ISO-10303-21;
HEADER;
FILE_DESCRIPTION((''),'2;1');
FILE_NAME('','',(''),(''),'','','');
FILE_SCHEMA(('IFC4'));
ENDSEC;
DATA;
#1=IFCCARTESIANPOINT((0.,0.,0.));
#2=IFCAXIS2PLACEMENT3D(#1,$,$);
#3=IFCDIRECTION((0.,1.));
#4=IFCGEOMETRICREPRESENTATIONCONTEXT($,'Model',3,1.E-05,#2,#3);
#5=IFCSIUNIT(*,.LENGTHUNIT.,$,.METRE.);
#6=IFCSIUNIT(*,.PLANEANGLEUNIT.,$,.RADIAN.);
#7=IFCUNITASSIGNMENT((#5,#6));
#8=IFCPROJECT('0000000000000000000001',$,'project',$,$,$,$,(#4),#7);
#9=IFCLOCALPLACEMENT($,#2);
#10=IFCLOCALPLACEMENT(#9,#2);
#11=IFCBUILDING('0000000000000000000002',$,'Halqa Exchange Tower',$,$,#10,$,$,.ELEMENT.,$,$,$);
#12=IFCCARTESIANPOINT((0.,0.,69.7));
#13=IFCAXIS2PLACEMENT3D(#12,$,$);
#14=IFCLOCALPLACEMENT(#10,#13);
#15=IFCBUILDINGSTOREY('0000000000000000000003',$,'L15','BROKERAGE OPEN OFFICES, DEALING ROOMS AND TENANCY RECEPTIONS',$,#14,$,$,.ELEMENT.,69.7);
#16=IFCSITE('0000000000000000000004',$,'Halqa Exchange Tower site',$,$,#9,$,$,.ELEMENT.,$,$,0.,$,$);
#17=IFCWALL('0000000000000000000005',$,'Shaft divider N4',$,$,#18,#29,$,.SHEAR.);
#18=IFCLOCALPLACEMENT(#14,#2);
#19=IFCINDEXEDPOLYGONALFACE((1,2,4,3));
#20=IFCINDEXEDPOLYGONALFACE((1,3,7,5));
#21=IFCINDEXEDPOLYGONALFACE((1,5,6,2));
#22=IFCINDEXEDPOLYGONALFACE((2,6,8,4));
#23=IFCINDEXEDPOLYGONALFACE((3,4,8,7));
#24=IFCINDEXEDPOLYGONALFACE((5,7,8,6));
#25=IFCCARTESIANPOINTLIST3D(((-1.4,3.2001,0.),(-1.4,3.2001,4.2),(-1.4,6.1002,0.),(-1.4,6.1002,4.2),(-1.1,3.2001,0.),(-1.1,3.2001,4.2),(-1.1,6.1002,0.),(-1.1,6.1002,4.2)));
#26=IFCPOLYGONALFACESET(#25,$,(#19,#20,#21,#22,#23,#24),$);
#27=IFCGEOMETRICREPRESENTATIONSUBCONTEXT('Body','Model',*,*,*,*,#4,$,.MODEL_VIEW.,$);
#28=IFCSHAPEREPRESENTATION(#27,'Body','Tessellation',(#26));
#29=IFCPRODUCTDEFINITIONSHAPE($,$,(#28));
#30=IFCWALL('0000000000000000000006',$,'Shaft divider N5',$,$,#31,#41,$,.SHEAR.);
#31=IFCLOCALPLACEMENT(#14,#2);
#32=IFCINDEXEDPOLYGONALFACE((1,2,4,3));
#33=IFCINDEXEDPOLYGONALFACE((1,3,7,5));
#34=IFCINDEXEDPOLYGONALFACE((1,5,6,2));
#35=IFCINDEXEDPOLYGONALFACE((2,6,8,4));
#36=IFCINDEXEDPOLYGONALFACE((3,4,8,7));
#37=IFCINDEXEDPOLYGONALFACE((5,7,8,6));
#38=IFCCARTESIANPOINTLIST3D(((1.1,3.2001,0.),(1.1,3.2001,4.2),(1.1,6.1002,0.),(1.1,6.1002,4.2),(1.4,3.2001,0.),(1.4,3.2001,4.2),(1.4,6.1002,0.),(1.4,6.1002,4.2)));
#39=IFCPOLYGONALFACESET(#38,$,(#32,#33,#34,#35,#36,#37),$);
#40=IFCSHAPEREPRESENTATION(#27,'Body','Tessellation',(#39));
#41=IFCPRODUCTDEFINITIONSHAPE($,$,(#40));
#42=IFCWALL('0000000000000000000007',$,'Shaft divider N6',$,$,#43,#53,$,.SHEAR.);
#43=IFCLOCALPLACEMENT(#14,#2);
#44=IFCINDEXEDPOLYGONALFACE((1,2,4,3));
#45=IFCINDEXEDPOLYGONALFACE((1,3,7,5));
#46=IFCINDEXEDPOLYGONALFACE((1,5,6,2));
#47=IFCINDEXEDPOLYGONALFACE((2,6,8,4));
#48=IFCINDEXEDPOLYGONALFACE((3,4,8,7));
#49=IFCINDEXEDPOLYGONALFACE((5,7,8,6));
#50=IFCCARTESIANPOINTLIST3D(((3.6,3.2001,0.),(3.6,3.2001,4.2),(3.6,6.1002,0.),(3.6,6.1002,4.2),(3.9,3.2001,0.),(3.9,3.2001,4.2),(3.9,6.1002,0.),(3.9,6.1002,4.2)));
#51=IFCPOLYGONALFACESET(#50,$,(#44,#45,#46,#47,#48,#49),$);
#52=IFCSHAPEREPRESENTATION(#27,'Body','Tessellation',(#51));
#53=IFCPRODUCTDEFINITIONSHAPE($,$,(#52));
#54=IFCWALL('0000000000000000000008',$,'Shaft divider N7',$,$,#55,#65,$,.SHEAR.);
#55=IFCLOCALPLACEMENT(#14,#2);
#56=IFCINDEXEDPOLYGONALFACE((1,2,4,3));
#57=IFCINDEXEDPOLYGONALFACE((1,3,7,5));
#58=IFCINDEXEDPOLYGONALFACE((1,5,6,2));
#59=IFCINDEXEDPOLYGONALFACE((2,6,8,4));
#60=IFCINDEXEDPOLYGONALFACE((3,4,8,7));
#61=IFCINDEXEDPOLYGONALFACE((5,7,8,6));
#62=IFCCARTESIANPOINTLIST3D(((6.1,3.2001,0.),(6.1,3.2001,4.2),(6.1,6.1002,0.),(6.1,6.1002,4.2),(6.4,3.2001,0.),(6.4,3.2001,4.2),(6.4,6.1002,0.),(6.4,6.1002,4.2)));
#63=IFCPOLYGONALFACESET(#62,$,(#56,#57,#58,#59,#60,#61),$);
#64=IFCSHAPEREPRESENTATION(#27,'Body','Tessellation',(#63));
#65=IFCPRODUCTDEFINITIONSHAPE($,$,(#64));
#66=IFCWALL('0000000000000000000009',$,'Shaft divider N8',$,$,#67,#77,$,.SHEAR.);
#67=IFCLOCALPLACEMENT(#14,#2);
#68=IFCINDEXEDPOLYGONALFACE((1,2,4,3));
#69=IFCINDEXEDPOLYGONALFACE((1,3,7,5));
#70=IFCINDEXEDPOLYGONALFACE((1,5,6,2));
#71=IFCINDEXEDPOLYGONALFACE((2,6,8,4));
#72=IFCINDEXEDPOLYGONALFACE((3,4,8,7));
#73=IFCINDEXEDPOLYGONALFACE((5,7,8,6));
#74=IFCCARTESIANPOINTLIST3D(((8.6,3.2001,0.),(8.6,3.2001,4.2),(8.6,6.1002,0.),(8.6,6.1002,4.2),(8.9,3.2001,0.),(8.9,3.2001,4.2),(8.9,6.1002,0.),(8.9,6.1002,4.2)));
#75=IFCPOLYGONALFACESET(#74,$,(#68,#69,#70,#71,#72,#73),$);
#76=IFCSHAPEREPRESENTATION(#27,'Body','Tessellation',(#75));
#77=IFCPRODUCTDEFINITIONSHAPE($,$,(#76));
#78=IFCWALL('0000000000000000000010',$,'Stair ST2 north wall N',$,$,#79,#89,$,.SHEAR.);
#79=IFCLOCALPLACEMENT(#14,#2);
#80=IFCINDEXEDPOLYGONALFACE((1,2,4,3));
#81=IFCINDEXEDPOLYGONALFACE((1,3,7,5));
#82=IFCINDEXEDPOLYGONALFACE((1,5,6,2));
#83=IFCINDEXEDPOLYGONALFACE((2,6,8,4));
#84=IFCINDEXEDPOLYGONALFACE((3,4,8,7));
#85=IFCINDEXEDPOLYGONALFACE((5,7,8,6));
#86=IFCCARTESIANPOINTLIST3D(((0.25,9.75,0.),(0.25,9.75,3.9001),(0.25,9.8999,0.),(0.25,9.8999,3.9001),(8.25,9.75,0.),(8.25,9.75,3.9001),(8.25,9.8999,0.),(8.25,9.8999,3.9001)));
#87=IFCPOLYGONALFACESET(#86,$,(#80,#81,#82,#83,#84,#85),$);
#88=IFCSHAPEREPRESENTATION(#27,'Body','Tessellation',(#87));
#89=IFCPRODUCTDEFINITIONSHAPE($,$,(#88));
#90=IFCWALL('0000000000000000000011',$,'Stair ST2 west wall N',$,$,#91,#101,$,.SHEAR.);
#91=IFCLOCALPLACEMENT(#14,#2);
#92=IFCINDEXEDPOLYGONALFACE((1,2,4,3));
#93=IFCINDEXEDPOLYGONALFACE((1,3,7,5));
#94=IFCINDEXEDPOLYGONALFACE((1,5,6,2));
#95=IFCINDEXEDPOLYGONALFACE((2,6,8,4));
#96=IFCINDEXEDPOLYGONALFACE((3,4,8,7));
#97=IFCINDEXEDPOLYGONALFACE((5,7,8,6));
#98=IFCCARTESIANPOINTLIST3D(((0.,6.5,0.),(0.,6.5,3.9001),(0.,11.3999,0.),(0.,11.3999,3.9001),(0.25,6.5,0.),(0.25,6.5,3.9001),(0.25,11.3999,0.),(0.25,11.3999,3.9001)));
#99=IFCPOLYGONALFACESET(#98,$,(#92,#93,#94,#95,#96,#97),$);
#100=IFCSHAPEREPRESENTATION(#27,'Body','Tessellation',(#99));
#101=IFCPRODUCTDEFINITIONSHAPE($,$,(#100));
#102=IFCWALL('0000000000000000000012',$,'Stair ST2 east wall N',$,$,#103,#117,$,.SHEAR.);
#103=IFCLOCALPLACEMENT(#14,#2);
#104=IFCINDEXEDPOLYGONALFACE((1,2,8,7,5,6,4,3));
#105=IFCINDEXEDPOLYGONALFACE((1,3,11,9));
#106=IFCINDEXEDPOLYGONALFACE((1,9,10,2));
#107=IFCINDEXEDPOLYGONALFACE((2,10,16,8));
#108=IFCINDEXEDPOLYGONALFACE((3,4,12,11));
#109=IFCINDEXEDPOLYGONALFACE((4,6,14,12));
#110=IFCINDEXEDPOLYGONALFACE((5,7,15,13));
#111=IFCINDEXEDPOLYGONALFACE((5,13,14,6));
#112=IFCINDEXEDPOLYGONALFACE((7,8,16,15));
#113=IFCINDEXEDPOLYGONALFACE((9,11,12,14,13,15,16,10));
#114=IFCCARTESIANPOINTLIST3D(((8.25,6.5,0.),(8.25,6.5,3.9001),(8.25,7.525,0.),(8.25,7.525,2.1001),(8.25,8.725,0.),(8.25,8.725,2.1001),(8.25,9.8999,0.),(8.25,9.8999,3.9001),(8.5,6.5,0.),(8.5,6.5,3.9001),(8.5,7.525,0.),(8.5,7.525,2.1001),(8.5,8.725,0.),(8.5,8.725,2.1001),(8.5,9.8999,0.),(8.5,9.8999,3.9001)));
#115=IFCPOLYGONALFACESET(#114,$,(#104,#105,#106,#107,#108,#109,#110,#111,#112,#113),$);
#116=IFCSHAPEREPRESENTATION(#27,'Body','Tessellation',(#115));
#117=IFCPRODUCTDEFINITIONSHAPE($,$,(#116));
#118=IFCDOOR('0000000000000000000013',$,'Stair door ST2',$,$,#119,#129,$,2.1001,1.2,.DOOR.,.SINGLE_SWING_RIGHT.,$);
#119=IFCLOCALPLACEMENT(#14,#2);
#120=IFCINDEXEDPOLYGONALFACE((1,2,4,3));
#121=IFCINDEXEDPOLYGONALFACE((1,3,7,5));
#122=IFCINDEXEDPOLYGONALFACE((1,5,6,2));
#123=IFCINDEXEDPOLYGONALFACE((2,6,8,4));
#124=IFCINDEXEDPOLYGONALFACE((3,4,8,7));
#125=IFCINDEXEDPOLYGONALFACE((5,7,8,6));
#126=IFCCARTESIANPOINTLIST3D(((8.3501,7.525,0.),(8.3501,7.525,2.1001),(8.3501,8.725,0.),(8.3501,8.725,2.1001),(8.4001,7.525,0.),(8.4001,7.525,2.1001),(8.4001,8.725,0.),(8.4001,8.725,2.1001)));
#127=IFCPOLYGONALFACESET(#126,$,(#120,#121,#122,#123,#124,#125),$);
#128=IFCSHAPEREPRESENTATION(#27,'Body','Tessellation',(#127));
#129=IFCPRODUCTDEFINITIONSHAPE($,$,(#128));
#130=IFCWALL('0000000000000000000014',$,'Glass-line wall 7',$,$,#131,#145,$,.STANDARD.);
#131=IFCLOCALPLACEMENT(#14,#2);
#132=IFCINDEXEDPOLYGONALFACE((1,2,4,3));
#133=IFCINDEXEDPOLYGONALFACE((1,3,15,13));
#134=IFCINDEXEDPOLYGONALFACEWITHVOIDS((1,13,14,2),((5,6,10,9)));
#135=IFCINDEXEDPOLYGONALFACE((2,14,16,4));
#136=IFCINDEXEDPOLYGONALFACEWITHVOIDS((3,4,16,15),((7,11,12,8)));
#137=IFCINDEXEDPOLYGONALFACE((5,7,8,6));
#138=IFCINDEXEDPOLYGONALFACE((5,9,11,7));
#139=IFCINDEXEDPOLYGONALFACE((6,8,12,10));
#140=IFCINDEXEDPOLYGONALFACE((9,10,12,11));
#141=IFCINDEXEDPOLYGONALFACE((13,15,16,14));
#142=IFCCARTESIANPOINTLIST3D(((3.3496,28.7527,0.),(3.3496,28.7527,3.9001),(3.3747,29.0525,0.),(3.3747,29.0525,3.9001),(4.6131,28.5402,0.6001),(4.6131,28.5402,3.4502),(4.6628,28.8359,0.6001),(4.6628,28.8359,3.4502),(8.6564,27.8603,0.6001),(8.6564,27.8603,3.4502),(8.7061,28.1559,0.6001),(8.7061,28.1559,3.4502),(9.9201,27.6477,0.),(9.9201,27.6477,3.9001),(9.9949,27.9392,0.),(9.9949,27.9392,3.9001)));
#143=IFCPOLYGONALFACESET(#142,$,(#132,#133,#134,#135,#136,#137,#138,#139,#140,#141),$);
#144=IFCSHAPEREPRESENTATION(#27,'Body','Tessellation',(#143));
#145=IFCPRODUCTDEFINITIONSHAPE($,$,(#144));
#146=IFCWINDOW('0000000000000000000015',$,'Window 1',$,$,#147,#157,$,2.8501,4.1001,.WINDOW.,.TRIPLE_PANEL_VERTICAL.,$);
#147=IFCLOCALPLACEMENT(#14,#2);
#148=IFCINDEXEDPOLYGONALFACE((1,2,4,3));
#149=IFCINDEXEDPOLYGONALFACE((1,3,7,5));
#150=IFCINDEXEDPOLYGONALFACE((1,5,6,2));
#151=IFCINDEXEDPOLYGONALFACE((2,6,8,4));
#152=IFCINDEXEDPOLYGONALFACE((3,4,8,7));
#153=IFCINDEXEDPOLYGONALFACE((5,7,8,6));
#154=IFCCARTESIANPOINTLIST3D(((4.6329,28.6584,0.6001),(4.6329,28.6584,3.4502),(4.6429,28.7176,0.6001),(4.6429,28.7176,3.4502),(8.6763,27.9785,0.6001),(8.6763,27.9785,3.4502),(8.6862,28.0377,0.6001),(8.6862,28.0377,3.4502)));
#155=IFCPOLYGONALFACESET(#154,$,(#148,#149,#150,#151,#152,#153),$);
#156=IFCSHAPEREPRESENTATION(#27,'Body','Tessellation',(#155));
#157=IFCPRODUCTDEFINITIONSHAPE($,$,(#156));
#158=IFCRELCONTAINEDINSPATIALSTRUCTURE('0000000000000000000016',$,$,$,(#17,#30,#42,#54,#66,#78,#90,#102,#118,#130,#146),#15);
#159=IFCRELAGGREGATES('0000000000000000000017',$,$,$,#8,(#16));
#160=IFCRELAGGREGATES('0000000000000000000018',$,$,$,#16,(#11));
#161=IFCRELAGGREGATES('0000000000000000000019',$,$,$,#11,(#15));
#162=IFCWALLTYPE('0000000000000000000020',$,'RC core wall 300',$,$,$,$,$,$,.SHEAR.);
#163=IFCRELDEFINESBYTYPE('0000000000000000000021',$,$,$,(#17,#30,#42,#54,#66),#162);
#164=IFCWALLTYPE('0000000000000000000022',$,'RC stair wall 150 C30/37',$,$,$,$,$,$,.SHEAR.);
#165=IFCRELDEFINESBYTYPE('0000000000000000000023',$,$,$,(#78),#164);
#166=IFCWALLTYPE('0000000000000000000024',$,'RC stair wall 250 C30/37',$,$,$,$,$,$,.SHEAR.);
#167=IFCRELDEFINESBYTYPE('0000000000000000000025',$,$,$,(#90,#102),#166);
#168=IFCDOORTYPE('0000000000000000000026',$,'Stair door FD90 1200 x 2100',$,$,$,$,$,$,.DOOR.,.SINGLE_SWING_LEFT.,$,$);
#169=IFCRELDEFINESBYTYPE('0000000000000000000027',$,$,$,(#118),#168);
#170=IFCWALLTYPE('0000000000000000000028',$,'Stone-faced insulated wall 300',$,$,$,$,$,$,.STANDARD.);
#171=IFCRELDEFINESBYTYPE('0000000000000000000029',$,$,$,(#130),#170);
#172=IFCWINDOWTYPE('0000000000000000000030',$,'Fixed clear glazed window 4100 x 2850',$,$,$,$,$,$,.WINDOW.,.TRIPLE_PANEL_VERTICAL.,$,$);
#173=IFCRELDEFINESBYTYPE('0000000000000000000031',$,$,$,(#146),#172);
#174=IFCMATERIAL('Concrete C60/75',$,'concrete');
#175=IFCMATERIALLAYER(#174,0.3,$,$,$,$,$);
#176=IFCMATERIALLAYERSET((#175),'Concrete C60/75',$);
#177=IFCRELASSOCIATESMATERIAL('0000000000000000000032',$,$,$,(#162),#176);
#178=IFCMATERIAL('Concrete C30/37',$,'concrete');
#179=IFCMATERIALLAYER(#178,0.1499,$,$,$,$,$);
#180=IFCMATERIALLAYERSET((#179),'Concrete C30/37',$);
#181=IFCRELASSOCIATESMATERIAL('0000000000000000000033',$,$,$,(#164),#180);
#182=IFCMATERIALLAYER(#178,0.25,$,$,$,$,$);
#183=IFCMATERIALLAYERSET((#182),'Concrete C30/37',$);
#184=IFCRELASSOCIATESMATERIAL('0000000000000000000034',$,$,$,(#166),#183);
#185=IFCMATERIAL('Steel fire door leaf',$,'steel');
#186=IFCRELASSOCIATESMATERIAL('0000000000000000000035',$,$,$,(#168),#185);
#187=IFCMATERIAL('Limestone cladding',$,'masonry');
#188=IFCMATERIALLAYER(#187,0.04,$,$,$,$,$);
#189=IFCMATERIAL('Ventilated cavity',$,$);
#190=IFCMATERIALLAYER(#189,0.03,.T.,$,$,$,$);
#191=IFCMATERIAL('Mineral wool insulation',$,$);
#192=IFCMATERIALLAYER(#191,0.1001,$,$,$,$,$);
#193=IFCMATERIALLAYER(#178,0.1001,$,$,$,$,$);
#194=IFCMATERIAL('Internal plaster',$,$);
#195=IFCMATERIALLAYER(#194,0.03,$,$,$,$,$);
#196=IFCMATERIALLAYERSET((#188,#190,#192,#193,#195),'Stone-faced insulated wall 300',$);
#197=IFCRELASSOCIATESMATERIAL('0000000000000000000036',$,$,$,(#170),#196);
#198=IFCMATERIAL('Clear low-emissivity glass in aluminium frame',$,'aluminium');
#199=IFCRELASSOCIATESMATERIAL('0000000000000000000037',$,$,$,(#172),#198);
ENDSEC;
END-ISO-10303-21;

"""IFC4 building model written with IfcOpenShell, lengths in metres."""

from ifc_helpers import new_model, si_unit, direction, frame, frame_2d, origin, place, context, subcontext, project, spatial, polyline, rectangle, outline, extrude, material, layer, layer_set, type_object, element, fill, save


model = new_model("IFC4")

# Units and contexts
model_context = context("Model", 3, precision=1e-05, world=origin(), true_north=direction((0.0, 1.0)))
body_context = subcontext(model_context, "Body", "Model", "MODEL_VIEW")
ifc_project = project(units=[si_unit("LENGTHUNIT", "METRE"), si_unit("PLANEANGLEUNIT", "RADIAN")], contexts=[model_context])

# Site, building, storey
site_placement = place(None, origin())
site = spatial("IfcSite", under=ifc_project, at=site_placement, Name="Halqa Exchange Tower site", CompositionType="ELEMENT", RefElevation=0.0)
building_placement = place(site_placement, origin())
building = spatial("IfcBuilding", under=site, at=building_placement, Name="Halqa Exchange Tower", CompositionType="ELEMENT")
storey_placement = place(building_placement, frame((0.0, 0.0, 69.7)))
storey = spatial("IfcBuildingStorey", under=building, at=storey_placement, Name="L15", Description="BROKERAGE OPEN OFFICES, DEALING ROOMS AND TENANCY RECEPTIONS", CompositionType="ELEMENT", Elevation=69.7)

# Shared definitions
ifc_material_1 = material(Name="Concrete C60/75", Category="concrete")

# Shared definitions
ifc_material_2 = material(Name="Concrete C30/37", Category="concrete")

# Walls
ifc_layer_1 = layer(ifc_material_1, 0.3)
ifc_layer_set_1 = layer_set([ifc_layer_1], Name="Concrete C60/75")
wall_type_1 = type_object("IfcWallType", Name="RC core wall 300", PredefinedType="SHEAR", material=ifc_layer_set_1)
for number, where, z_axis, x_axis, name in (
    (1, (-1.25, 3.2, 0.0), (0.0, 0.0, 1.0), (0.0, 1.0, 0.0), "Shaft divider N4"),
    (2, (1.25, 3.2, 0.0), (0.0, 0.0, 1.0), (0.0, 1.0, 0.0), "Shaft divider N5"),
    (3, (3.75, 3.2, 0.0), (0.0, 0.0, 1.0), (0.0, 1.0, 0.0), "Shaft divider N6"),
    (4, (6.25, 3.2, 0.0), (0.0, 0.0, 1.0), (0.0, 1.0, 0.0), "Shaft divider N7"),
    (5, (8.75, 3.2, 0.0), (0.0, 0.0, 1.0), (0.0, 1.0, 0.0), "Shaft divider N8"),
):
    element("IfcWall", number, at=place(storey_placement, frame(where, z_axis=z_axis, x_axis=x_axis)), inside=storey, type_object=wall_type_1, Name=name, PredefinedType="SHEAR", context=body_context, shape_type="SweptSolid", body=[
        extrude(rectangle(XDim=2.9001, YDim=0.3, at=frame_2d((1.4502, 0.0))), origin(), (0.0, 0.0, 1.0), 4.2),
    ])
ifc_layer_2 = layer(ifc_material_2, 0.1499)
ifc_layer_set_2 = layer_set([ifc_layer_2], Name="Concrete C30/37")
wall_type_2 = type_object("IfcWallType", Name="RC stair wall 150 C30/37", PredefinedType="SHEAR", material=ifc_layer_set_2)
wall_1_placement = place(storey_placement, frame((0.25, 9.825, 0.0), z_axis=(0.0, 0.0, 1.0), x_axis=(1.0, 0.0, 0.0)))
element("IfcWall", 6, at=wall_1_placement, inside=storey, type_object=wall_type_2, Name="Stair ST2 north wall N", PredefinedType="SHEAR", context=body_context, shape_type="SweptSolid", body=[
    extrude(rectangle(XDim=8.0, YDim=0.1499, at=frame_2d((4.0, 0.0))), origin(), (0.0, 0.0, 1.0), 3.9001),
])
ifc_layer_3 = layer(ifc_material_2, 0.25)
ifc_layer_set_3 = layer_set([ifc_layer_3], Name="Concrete C30/37")
wall_type_3 = type_object("IfcWallType", Name="RC stair wall 250 C30/37", PredefinedType="SHEAR", material=ifc_layer_set_3)
wall_2_placement = place(storey_placement, frame((0.125, 6.5, 0.0), z_axis=(0.0, 0.0, 1.0), x_axis=(0.0, 1.0, 0.0)))
element("IfcWall", 7, at=wall_2_placement, inside=storey, type_object=wall_type_3, Name="Stair ST2 west wall N", PredefinedType="SHEAR", context=body_context, shape_type="SweptSolid", body=[
    extrude(rectangle(XDim=4.8999, YDim=0.25, at=frame_2d((2.45, 0.0))), origin(), (0.0, 0.0, 1.0), 3.9001),
])

# Wall, opening, door
wall_3_placement = place(storey_placement, frame((8.375, 6.5, 0.0), z_axis=(0.0, 0.0, 1.0), x_axis=(0.0, 1.0, 0.0)))
wall_3 = element("IfcWall", 8, at=wall_3_placement, inside=storey, type_object=wall_type_3, Name="Stair ST2 east wall N", PredefinedType="SHEAR", context=body_context, shape_type="SweptSolid", body=[
    extrude(rectangle(XDim=3.3999, YDim=0.25, at=frame_2d((1.7, 0.0))), origin(), (0.0, 0.0, 1.0), 3.9001),
])
opening_1_placement = place(wall_3_placement, frame((1.0249, 0.0, 0.0)))
opening_1 = element("IfcOpeningElement", 9, at=opening_1_placement, cuts=wall_3, PredefinedType="OPENING", context=body_context, shape_type="SweptSolid", body=[
    extrude(rectangle(XDim=1.2, YDim=2.1001, at=frame_2d((0.6001, 1.05))), frame((0.0, 0.137, 0.0), z_axis=(0.0, -1.0, 0.0), x_axis=(1.0, 0.0, 0.0)), (0.0, 0.0, 1.0), 0.2739),
])
ifc_material_3 = material(Name="Steel fire door leaf", Category="steel")
door_type_1 = type_object("IfcDoorType", Name="Stair door FD90 1200 x 2100", OperationType="SINGLE_SWING_LEFT", PredefinedType="DOOR", material=ifc_material_3)
door_1_placement = place(opening_1_placement, origin())
door_1 = element("IfcDoor", 10, at=door_1_placement, inside=storey, type_object=door_type_1, Name="Stair door ST2", OperationType="SINGLE_SWING_RIGHT", OverallHeight=2.1001, OverallWidth=1.2, PredefinedType="DOOR", context=body_context, shape_type="SweptSolid", body=[
    extrude(rectangle(XDim=1.2, YDim=2.1001, at=frame_2d((0.6001, 1.05))), frame((0.0, 0.0249, 0.0), z_axis=(0.0, -1.0, 0.0), x_axis=(1.0, 0.0, 0.0)), (0.0, 0.0, 1.0), 0.05),
])
fill(opening_1, door_1)

# Wall, opening, window
ifc_material_4 = material(Name="Limestone cladding", Category="masonry")
ifc_layer_4 = layer(ifc_material_4, 0.04)
ifc_material_5 = material(Name="Ventilated cavity")
ifc_layer_5 = layer(ifc_material_5, 0.03, ventilated=True)
ifc_material_6 = material(Name="Mineral wool insulation")
ifc_layer_6 = layer(ifc_material_6, 0.1001)
ifc_layer_7 = layer(ifc_material_2, 0.1001)
ifc_material_7 = material(Name="Internal plaster")
ifc_layer_8 = layer(ifc_material_7, 0.03)
ifc_layer_set_4 = layer_set([ifc_layer_4, ifc_layer_5, ifc_layer_6, ifc_layer_7, ifc_layer_8], Name="Stone-faced insulated wall 300")
wall_type_4 = type_object("IfcWallType", Name="Stone-faced insulated wall 300", PredefinedType="STANDARD", material=ifc_layer_set_4)
wall_4_placement = place(storey_placement, frame((9.9575, 27.7935, 0.0), z_axis=(0.0, 0.0, 1.0), x_axis=(-0.986153, 0.165837, 0.0)))
wall_4 = element("IfcWall", 11, at=wall_4_placement, inside=storey, type_object=wall_type_4, Name="Glass-line wall 7", PredefinedType="STANDARD", context=body_context, shape_type="SweptSolid", body=[
    extrude(outline(polyline([(-0.0127, -0.1499), (6.7004, -0.1499), (6.6755, 0.1499), (0.0127, 0.1499), (-0.0127, -0.1499)])), origin(), (0.0, 0.0, 1.0), 3.9001),
])
opening_2_placement = place(wall_4_placement, frame((1.2942, 0.0, 0.6001)))
opening_2 = element("IfcOpeningElement", 12, at=opening_2_placement, cuts=wall_4, PredefinedType="OPENING", context=body_context, shape_type="SweptSolid", body=[
    extrude(rectangle(XDim=4.1001, YDim=2.8501, at=frame_2d((2.05, 1.425))), frame((0.0, 0.1621, 0.0), z_axis=(0.0, -1.0, 0.0), x_axis=(1.0, 0.0, 0.0)), (0.0, 0.0, 1.0), 0.324),
])
ifc_material_8 = material(Name="Clear low-emissivity glass in aluminium frame", Category="aluminium")
window_type = type_object("IfcWindowType", Name="Fixed clear glazed window 4100 x 2850", PartitioningType="TRIPLE_PANEL_VERTICAL", PredefinedType="WINDOW", material=ifc_material_8)
window_placement = place(opening_2_placement, origin())
window = element("IfcWindow", 13, at=window_placement, inside=storey, type_object=window_type, Name="Window 1", OverallHeight=2.8501, OverallWidth=4.1001, PartitioningType="TRIPLE_PANEL_VERTICAL", PredefinedType="WINDOW", context=body_context, shape_type="SweptSolid", body=[
    extrude(rectangle(XDim=4.1001, YDim=2.8501, at=frame_2d((2.05, 1.425))), frame((0.0, 0.03, 0.0), z_axis=(0.0, -1.0, 0.0), x_axis=(1.0, 0.0, 0.0)), (0.0, 0.0, 1.0), 0.0601),
])
fill(opening_2, window)

save(model, "model.ifc")
